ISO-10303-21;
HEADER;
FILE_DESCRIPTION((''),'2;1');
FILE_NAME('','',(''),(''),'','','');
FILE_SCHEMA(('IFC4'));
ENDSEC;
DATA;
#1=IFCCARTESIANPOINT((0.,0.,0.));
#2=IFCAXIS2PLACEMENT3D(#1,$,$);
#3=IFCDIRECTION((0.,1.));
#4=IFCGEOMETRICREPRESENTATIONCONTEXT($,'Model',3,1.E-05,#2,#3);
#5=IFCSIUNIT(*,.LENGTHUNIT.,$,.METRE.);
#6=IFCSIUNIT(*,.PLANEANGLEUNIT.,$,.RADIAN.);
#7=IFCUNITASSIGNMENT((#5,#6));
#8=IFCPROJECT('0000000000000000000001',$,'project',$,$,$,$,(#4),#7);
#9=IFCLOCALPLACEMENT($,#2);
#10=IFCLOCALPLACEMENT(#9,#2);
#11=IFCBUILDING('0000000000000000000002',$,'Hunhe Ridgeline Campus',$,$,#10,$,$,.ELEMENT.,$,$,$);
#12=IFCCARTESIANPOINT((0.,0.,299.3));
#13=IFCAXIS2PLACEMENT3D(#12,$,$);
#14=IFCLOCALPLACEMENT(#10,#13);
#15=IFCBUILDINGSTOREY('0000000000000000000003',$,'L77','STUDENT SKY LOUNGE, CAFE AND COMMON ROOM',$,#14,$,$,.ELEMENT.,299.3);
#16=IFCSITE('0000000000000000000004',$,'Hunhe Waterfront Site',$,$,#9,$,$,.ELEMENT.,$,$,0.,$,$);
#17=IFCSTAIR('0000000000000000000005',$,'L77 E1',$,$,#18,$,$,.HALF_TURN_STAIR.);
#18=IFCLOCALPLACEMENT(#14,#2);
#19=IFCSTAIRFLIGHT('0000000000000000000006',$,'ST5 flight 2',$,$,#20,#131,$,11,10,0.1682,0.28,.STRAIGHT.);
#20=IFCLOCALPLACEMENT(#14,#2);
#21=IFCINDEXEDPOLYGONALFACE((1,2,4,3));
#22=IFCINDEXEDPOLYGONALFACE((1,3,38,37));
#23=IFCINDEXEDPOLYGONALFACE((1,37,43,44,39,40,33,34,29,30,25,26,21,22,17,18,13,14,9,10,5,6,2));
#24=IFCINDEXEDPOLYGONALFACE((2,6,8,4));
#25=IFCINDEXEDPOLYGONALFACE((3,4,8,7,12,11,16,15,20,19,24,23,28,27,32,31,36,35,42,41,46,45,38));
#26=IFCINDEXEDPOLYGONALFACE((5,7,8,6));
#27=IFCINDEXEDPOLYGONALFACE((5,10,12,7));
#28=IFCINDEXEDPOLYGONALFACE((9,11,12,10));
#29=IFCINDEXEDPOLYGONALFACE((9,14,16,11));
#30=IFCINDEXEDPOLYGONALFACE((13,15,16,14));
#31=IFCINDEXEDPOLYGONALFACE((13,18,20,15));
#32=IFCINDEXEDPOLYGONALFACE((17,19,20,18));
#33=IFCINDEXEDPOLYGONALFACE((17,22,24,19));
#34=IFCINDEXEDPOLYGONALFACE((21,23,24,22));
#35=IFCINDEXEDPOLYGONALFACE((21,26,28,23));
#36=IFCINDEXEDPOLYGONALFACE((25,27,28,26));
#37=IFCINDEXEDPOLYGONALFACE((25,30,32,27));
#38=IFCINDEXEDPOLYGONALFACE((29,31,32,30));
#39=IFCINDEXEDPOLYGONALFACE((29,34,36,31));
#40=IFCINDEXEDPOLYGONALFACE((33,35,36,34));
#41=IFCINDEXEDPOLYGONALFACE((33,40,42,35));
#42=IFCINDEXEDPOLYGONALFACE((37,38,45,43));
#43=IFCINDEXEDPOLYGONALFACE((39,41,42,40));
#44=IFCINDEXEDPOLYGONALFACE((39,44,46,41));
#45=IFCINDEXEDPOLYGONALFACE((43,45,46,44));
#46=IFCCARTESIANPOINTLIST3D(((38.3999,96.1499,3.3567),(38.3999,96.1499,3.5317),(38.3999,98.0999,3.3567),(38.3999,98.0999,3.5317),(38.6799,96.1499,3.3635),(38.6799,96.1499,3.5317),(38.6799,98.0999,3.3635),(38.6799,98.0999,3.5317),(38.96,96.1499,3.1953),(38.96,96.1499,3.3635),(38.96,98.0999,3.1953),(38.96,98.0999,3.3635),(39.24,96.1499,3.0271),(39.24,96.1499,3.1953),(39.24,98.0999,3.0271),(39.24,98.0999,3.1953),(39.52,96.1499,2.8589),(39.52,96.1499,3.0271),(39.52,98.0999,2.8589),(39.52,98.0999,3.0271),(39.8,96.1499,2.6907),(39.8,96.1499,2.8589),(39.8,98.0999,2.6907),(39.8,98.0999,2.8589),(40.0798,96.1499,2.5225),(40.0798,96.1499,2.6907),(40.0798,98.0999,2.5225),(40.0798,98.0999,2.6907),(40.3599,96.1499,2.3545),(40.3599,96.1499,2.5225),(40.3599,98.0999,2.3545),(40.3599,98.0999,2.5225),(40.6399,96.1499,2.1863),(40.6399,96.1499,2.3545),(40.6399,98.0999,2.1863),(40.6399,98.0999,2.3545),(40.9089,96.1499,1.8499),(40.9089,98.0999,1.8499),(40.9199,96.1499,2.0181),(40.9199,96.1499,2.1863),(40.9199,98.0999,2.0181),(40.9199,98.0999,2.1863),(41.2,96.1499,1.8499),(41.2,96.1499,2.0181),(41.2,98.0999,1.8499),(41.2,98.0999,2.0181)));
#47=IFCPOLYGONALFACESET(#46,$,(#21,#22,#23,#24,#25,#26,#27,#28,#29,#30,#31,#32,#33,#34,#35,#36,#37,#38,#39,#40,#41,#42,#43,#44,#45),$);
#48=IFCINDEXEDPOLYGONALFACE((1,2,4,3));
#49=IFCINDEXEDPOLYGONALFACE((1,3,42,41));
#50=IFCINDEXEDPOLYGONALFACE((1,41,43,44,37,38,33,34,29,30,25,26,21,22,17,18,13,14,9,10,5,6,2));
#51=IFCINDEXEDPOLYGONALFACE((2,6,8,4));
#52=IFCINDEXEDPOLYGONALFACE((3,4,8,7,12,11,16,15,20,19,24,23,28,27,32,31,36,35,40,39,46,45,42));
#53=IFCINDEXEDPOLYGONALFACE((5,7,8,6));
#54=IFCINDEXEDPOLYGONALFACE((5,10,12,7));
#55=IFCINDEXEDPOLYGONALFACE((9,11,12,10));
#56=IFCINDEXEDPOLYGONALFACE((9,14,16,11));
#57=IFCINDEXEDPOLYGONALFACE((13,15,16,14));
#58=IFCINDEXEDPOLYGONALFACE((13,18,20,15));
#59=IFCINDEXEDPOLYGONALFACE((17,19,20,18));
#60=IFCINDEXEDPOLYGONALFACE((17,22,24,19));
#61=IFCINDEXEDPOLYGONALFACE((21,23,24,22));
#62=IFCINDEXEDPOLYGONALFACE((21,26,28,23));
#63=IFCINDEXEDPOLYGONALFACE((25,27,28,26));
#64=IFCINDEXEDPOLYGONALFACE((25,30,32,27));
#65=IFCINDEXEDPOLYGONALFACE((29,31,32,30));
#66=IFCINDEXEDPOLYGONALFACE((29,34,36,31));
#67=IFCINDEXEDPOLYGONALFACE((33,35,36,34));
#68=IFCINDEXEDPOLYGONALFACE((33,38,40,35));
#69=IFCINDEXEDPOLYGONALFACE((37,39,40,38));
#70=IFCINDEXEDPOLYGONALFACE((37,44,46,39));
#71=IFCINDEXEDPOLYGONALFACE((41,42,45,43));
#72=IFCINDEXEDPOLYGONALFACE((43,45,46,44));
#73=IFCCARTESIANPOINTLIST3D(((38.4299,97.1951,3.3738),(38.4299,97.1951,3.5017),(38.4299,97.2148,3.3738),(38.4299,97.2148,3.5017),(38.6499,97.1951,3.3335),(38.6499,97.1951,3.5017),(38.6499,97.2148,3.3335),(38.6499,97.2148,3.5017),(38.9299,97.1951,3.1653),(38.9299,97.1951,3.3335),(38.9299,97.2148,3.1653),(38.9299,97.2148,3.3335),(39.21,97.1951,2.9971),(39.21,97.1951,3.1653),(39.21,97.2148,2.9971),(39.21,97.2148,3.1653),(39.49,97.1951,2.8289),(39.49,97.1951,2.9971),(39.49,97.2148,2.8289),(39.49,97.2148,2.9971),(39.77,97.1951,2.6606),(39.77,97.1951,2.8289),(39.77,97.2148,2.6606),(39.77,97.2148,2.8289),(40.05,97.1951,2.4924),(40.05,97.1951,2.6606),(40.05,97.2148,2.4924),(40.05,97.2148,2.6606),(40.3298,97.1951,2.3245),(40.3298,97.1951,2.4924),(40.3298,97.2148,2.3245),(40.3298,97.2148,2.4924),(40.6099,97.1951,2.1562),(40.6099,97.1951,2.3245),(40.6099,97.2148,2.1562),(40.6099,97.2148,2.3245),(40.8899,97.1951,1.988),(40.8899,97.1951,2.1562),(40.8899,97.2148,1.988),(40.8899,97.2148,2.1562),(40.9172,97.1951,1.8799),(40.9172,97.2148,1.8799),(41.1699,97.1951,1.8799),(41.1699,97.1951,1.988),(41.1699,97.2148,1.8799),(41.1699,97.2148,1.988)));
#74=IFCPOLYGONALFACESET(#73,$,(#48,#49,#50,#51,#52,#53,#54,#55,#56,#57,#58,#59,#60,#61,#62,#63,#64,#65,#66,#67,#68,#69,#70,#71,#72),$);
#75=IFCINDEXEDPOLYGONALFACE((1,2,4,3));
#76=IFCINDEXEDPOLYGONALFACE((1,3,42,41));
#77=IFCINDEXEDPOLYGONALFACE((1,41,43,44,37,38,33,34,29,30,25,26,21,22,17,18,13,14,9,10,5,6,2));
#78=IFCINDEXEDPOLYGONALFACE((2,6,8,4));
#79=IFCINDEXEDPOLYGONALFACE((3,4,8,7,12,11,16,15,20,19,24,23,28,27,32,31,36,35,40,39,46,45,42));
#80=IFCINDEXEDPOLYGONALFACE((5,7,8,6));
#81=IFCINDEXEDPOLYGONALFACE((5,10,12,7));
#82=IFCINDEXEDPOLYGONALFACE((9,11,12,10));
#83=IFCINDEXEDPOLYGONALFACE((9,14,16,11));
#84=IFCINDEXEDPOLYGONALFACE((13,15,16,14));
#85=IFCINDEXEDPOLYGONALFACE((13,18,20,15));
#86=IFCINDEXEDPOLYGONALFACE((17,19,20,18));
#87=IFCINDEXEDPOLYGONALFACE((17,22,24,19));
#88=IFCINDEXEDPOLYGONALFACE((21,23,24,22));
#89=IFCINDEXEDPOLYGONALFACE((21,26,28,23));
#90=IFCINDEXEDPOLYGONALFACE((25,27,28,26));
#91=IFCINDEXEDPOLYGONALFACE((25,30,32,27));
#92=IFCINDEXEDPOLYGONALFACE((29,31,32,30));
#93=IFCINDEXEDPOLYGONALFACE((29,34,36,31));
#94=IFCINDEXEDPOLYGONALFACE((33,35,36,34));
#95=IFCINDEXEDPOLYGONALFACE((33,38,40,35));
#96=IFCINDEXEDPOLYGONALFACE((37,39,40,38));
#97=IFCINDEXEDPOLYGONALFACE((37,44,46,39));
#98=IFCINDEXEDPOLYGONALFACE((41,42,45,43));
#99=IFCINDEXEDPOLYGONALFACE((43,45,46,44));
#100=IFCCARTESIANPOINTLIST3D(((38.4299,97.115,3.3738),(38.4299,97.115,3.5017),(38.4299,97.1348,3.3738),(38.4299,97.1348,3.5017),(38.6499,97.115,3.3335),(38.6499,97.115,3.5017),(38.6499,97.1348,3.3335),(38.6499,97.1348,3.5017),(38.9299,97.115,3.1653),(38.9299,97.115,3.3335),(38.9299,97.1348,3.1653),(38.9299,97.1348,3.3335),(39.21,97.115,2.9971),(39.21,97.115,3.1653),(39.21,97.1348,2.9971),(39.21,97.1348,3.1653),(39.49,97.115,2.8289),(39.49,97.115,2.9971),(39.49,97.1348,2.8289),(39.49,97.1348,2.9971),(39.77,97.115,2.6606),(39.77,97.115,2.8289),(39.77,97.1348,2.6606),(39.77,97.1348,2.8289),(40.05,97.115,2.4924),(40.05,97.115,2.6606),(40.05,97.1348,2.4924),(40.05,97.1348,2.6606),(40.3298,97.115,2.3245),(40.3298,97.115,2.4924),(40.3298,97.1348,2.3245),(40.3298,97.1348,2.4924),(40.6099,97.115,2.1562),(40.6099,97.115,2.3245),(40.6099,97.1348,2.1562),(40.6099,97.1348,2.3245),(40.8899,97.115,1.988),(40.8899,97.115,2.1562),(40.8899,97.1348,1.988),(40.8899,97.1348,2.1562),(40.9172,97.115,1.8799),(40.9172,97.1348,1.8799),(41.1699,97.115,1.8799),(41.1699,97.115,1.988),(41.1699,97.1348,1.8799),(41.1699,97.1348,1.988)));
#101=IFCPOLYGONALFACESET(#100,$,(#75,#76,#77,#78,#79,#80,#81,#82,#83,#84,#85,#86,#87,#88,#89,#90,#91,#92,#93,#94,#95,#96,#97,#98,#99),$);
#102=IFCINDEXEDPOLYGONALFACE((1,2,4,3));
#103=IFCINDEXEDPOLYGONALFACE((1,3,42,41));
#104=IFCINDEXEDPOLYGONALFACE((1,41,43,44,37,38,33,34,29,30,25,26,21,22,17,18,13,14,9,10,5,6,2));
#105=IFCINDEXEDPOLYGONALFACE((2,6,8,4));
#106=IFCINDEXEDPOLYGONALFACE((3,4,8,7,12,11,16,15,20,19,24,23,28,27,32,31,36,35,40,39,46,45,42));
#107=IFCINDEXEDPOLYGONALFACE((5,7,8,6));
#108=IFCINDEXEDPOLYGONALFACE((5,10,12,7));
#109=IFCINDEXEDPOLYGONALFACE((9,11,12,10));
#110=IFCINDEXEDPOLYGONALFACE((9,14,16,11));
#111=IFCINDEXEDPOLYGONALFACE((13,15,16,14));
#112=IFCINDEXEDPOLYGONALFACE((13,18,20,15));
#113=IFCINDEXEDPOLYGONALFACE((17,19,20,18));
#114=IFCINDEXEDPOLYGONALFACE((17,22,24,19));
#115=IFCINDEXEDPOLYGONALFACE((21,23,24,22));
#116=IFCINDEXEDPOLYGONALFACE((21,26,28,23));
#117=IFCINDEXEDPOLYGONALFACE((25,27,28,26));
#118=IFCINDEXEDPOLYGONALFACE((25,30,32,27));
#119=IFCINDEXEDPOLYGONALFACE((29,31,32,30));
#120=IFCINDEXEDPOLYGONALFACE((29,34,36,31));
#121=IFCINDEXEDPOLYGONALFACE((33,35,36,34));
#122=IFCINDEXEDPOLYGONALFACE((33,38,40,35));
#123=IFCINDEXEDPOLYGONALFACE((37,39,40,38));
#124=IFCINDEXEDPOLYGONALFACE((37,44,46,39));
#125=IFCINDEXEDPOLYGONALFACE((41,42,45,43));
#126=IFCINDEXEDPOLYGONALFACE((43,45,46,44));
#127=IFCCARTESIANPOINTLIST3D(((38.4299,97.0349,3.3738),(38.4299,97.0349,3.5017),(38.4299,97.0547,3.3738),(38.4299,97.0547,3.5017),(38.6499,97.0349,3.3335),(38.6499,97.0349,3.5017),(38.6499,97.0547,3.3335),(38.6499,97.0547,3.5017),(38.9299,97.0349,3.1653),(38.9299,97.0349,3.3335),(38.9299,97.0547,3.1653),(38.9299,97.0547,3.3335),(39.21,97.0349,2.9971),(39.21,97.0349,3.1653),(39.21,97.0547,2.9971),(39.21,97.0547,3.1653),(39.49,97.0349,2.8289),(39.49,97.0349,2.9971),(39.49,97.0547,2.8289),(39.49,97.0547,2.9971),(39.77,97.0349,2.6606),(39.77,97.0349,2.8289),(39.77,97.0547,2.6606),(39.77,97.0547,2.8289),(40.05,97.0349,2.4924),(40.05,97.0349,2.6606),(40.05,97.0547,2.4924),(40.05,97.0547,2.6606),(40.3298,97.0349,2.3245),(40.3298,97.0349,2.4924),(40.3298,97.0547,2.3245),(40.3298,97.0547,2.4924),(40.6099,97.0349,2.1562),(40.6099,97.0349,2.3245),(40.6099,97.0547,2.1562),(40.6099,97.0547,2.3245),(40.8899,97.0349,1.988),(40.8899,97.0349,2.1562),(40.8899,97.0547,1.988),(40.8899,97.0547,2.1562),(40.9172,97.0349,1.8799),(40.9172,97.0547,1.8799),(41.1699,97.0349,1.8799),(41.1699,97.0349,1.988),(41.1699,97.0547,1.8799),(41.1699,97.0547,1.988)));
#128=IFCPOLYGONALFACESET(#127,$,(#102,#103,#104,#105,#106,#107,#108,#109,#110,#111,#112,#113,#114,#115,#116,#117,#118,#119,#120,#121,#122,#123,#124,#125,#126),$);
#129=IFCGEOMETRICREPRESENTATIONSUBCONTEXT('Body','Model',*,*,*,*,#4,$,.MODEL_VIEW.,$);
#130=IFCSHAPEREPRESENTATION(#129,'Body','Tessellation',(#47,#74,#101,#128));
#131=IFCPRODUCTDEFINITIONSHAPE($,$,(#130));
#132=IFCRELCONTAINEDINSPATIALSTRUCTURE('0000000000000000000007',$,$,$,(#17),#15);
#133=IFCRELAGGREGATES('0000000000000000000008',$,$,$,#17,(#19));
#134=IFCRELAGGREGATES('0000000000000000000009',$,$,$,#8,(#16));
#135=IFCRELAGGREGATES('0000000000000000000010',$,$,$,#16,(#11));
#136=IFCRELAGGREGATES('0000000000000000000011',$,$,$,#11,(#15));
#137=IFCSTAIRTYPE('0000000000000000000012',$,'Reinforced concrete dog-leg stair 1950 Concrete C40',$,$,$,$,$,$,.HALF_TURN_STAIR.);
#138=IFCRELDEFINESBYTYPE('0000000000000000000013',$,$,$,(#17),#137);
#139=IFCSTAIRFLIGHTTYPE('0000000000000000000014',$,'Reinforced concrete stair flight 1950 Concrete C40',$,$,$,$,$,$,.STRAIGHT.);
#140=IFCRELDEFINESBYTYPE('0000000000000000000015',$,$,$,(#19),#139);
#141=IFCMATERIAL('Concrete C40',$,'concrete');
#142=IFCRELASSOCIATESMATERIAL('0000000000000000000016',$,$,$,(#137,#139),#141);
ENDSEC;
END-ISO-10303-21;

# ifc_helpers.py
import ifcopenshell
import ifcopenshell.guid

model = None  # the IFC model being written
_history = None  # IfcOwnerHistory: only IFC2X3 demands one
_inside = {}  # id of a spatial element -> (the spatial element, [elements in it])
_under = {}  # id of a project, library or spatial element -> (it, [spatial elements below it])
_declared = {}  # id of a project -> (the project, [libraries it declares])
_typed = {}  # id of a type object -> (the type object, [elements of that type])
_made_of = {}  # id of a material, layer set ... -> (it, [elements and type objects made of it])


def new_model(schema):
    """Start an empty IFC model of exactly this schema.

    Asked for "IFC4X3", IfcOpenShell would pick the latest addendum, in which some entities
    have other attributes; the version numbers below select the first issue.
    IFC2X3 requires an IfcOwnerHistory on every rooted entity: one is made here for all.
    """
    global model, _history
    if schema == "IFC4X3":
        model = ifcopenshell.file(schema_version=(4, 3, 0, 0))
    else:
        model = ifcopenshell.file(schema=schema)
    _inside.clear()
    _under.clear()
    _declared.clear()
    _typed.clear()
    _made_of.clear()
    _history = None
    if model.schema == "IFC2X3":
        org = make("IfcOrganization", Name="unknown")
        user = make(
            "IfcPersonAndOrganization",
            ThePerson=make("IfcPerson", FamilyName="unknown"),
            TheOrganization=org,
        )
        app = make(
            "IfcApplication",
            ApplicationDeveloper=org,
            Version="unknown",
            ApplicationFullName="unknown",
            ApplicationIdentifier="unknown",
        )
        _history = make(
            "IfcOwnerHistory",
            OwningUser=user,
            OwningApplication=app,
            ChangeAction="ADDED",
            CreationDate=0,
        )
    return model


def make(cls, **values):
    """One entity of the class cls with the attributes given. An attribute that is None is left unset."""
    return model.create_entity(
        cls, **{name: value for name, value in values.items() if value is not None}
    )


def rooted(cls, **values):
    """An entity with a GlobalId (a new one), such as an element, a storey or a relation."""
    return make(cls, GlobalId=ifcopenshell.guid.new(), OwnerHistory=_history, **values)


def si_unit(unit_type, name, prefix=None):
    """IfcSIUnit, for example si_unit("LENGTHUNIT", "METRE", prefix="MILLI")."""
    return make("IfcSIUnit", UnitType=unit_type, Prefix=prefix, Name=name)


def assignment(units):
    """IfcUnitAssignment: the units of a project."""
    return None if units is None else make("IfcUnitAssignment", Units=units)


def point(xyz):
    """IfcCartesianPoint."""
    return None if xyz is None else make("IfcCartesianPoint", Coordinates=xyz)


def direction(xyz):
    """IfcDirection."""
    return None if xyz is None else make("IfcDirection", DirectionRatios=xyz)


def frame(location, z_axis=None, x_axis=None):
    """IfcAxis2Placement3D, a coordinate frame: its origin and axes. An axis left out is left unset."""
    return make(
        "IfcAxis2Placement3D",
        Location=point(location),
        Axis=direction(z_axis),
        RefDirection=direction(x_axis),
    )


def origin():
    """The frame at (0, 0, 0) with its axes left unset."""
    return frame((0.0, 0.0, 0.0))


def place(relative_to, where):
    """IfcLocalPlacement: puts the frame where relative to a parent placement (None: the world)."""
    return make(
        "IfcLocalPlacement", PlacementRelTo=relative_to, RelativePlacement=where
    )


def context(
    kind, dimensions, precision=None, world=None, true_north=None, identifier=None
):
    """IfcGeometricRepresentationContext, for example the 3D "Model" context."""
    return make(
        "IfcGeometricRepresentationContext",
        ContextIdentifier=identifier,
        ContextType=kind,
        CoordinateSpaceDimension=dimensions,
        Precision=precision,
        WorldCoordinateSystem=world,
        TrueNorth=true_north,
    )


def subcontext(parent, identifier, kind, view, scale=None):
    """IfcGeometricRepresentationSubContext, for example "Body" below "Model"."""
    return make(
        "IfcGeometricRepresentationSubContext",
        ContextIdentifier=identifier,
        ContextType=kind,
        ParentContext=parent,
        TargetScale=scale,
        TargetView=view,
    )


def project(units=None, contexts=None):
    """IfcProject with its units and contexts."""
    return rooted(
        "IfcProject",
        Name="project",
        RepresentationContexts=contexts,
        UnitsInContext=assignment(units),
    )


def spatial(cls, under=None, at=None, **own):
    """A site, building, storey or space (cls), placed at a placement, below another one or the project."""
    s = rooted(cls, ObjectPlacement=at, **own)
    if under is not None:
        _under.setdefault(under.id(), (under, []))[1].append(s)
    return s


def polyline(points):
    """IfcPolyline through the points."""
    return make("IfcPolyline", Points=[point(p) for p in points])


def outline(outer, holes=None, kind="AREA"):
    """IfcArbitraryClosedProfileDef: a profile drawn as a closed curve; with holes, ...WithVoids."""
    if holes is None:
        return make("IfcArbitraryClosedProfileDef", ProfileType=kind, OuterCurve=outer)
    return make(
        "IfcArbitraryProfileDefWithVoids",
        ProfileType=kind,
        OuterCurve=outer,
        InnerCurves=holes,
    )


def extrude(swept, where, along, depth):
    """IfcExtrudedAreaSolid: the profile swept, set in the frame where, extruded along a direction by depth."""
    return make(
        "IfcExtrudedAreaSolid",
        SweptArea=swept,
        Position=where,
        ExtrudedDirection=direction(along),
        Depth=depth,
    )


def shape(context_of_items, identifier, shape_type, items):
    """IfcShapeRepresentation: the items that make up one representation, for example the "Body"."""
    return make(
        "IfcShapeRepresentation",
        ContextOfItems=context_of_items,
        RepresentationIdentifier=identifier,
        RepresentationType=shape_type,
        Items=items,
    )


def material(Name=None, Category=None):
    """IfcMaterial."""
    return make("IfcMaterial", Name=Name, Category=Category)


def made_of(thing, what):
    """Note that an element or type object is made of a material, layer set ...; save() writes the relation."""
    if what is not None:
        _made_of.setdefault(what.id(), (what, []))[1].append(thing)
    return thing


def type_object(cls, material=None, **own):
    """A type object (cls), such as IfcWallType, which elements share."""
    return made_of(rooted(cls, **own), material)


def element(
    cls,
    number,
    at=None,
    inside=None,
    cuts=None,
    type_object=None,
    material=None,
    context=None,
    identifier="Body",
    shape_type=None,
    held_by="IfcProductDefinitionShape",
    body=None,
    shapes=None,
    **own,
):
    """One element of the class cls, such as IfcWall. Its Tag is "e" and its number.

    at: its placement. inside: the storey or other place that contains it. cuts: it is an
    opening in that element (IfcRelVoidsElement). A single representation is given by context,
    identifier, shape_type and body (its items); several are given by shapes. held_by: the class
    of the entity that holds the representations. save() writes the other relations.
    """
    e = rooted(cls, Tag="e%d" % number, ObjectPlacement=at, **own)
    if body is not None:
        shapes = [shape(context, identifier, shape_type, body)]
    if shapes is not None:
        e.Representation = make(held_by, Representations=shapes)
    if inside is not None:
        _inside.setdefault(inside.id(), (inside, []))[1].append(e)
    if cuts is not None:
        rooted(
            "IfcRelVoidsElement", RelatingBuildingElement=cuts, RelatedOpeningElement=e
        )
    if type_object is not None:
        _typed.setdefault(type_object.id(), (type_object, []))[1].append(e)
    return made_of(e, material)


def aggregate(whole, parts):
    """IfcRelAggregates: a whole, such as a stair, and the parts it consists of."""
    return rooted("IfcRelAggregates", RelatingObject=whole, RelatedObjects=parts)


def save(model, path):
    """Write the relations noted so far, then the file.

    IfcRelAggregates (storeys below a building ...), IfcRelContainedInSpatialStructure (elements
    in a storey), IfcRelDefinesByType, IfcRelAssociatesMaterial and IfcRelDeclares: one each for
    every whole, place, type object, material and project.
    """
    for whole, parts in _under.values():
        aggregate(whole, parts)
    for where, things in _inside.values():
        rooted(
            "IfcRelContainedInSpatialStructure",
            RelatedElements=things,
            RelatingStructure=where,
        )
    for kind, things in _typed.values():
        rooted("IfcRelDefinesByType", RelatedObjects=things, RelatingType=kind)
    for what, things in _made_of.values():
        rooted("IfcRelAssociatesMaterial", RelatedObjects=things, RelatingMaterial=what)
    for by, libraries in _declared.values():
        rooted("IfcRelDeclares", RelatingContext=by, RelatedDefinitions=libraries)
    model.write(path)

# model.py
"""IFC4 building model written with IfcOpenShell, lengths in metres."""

from ifc_helpers import new_model, si_unit, direction, frame, origin, place, context, subcontext, project, spatial, polyline, outline, extrude, material, type_object, element, aggregate, save


model = new_model("IFC4")

# Units and contexts
model_context = context("Model", 3, precision=1e-05, world=origin(), true_north=direction((0.0, 1.0)))
body_context = subcontext(model_context, "Body", "Model", "MODEL_VIEW")
ifc_project = project(units=[si_unit("LENGTHUNIT", "METRE"), si_unit("PLANEANGLEUNIT", "RADIAN")], contexts=[model_context])

# Site, building, storey
site_placement = place(None, origin())
site = spatial("IfcSite", under=ifc_project, at=site_placement, Name="Hunhe Waterfront Site", CompositionType="ELEMENT", RefElevation=0.0)
building_placement = place(site_placement, origin())
building = spatial("IfcBuilding", under=site, at=building_placement, Name="Hunhe Ridgeline Campus", CompositionType="ELEMENT")
storey_placement = place(building_placement, frame((0.0, 0.0, 299.3)))
storey = spatial("IfcBuildingStorey", under=building, at=storey_placement, Name="L77", Description="STUDENT SKY LOUNGE, CAFE AND COMMON ROOM", CompositionType="ELEMENT", Elevation=299.3)

# Stair, stair flight
ifc_material_1 = material(Name="Concrete C40", Category="concrete")
stair_type = type_object("IfcStairType", Name="Reinforced concrete dog-leg stair 1950 Concrete C40", PredefinedType="HALF_TURN_STAIR", material=ifc_material_1)
stair_placement = place(storey_placement, origin())
stair = element("IfcStair", 1, at=stair_placement, inside=storey, type_object=stair_type, Name="L77 E1", PredefinedType="HALF_TURN_STAIR")
stair_flight_type = type_object("IfcStairFlightType", Name="Reinforced concrete stair flight 1950 Concrete C40", PredefinedType="STRAIGHT", material=ifc_material_1)
stair_flight_1_placement = place(storey_placement, frame((41.2, 97.125, 1.8499), z_axis=(0.0, 0.0, 1.0), x_axis=(-1.0, 0.0, 0.0)))
stair_flight_1 = element("IfcStairFlight", 2, at=stair_flight_1_placement, type_object=stair_flight_type, Name="ST5 flight 2", NumberOfRisers=11, NumberOfTreads=10, PredefinedType="STRAIGHT", RiserHeight=0.1682, TreadLength=0.28, context=body_context, shape_type="SweptSolid", body=[
    extrude(outline(polyline([(0.0, 0.0), (0.0, 0.1682), (0.28, 0.1682), (0.28, 0.3364), (0.5601, 0.3364), (0.5601, 0.5046), (0.8401, 0.5046), (0.8401, 0.6726), (1.1201, 0.6726), (1.1201, 0.8408), (1.3999, 0.8408), (1.3999, 1.009), (1.6799, 1.009), (1.6799, 1.1772), (1.96, 1.1772), (1.96, 1.3455), (2.24, 1.3455), (2.24, 1.5137), (2.52, 1.5137), (2.52, 1.6819), (2.8, 1.6819), (2.8, 1.8501), (2.8, 1.5068), (0.291, 0.0), (0.0, 0.0)])), frame((0.0, 0.9751, 0.0), z_axis=(0.0, -1.0, 0.0), x_axis=(1.0, 0.0, 0.0)), (0.0, 0.0, 1.0), 1.95),
    extrude(outline(polyline([(0.03, 0.03), (0.03, 0.1382), (0.3101, 0.1382), (0.3101, 0.3064), (0.5901, 0.3064), (0.5901, 0.4746), (0.8701, 0.4746), (0.8701, 0.6426), (1.1499, 0.6426), (1.1499, 0.8108), (1.4299, 0.8108), (1.4299, 0.979), (1.71, 0.979), (1.71, 1.1472), (1.99, 1.1472), (1.99, 1.3154), (2.27, 1.3154), (2.27, 1.4836), (2.55, 1.4836), (2.55, 1.6519), (2.77, 1.6519), (2.77, 1.5239), (0.2827, 0.03), (0.03, 0.03)])), frame((0.0, -0.0701, 0.0), z_axis=(0.0, -1.0, 0.0), x_axis=(1.0, 0.0, 0.0)), (0.0, 0.0, 1.0), 0.0198),
    extrude(outline(polyline([(0.03, 0.03), (0.03, 0.1382), (0.3101, 0.1382), (0.3101, 0.3064), (0.5901, 0.3064), (0.5901, 0.4746), (0.8701, 0.4746), (0.8701, 0.6426), (1.1499, 0.6426), (1.1499, 0.8108), (1.4299, 0.8108), (1.4299, 0.979), (1.71, 0.979), (1.71, 1.1472), (1.99, 1.1472), (1.99, 1.3154), (2.27, 1.3154), (2.27, 1.4836), (2.55, 1.4836), (2.55, 1.6519), (2.77, 1.6519), (2.77, 1.5239), (0.2827, 0.03), (0.03, 0.03)])), frame((0.0, 0.01, 0.0), z_axis=(0.0, -1.0, 0.0), x_axis=(1.0, 0.0, 0.0)), (0.0, 0.0, 1.0), 0.0198),
    extrude(outline(polyline([(0.03, 0.03), (0.03, 0.1382), (0.3101, 0.1382), (0.3101, 0.3064), (0.5901, 0.3064), (0.5901, 0.4746), (0.8701, 0.4746), (0.8701, 0.6426), (1.1499, 0.6426), (1.1499, 0.8108), (1.4299, 0.8108), (1.4299, 0.979), (1.71, 0.979), (1.71, 1.1472), (1.99, 1.1472), (1.99, 1.3154), (2.27, 1.3154), (2.27, 1.4836), (2.55, 1.4836), (2.55, 1.6519), (2.77, 1.6519), (2.77, 1.5239), (0.2827, 0.03), (0.03, 0.03)])), frame((0.0, 0.0901, 0.0), z_axis=(0.0, -1.0, 0.0), x_axis=(1.0, 0.0, 0.0)), (0.0, 0.0, 1.0), 0.0198),
])
aggregate(stair, [stair_flight_1])

save(model, "model.ifc")
